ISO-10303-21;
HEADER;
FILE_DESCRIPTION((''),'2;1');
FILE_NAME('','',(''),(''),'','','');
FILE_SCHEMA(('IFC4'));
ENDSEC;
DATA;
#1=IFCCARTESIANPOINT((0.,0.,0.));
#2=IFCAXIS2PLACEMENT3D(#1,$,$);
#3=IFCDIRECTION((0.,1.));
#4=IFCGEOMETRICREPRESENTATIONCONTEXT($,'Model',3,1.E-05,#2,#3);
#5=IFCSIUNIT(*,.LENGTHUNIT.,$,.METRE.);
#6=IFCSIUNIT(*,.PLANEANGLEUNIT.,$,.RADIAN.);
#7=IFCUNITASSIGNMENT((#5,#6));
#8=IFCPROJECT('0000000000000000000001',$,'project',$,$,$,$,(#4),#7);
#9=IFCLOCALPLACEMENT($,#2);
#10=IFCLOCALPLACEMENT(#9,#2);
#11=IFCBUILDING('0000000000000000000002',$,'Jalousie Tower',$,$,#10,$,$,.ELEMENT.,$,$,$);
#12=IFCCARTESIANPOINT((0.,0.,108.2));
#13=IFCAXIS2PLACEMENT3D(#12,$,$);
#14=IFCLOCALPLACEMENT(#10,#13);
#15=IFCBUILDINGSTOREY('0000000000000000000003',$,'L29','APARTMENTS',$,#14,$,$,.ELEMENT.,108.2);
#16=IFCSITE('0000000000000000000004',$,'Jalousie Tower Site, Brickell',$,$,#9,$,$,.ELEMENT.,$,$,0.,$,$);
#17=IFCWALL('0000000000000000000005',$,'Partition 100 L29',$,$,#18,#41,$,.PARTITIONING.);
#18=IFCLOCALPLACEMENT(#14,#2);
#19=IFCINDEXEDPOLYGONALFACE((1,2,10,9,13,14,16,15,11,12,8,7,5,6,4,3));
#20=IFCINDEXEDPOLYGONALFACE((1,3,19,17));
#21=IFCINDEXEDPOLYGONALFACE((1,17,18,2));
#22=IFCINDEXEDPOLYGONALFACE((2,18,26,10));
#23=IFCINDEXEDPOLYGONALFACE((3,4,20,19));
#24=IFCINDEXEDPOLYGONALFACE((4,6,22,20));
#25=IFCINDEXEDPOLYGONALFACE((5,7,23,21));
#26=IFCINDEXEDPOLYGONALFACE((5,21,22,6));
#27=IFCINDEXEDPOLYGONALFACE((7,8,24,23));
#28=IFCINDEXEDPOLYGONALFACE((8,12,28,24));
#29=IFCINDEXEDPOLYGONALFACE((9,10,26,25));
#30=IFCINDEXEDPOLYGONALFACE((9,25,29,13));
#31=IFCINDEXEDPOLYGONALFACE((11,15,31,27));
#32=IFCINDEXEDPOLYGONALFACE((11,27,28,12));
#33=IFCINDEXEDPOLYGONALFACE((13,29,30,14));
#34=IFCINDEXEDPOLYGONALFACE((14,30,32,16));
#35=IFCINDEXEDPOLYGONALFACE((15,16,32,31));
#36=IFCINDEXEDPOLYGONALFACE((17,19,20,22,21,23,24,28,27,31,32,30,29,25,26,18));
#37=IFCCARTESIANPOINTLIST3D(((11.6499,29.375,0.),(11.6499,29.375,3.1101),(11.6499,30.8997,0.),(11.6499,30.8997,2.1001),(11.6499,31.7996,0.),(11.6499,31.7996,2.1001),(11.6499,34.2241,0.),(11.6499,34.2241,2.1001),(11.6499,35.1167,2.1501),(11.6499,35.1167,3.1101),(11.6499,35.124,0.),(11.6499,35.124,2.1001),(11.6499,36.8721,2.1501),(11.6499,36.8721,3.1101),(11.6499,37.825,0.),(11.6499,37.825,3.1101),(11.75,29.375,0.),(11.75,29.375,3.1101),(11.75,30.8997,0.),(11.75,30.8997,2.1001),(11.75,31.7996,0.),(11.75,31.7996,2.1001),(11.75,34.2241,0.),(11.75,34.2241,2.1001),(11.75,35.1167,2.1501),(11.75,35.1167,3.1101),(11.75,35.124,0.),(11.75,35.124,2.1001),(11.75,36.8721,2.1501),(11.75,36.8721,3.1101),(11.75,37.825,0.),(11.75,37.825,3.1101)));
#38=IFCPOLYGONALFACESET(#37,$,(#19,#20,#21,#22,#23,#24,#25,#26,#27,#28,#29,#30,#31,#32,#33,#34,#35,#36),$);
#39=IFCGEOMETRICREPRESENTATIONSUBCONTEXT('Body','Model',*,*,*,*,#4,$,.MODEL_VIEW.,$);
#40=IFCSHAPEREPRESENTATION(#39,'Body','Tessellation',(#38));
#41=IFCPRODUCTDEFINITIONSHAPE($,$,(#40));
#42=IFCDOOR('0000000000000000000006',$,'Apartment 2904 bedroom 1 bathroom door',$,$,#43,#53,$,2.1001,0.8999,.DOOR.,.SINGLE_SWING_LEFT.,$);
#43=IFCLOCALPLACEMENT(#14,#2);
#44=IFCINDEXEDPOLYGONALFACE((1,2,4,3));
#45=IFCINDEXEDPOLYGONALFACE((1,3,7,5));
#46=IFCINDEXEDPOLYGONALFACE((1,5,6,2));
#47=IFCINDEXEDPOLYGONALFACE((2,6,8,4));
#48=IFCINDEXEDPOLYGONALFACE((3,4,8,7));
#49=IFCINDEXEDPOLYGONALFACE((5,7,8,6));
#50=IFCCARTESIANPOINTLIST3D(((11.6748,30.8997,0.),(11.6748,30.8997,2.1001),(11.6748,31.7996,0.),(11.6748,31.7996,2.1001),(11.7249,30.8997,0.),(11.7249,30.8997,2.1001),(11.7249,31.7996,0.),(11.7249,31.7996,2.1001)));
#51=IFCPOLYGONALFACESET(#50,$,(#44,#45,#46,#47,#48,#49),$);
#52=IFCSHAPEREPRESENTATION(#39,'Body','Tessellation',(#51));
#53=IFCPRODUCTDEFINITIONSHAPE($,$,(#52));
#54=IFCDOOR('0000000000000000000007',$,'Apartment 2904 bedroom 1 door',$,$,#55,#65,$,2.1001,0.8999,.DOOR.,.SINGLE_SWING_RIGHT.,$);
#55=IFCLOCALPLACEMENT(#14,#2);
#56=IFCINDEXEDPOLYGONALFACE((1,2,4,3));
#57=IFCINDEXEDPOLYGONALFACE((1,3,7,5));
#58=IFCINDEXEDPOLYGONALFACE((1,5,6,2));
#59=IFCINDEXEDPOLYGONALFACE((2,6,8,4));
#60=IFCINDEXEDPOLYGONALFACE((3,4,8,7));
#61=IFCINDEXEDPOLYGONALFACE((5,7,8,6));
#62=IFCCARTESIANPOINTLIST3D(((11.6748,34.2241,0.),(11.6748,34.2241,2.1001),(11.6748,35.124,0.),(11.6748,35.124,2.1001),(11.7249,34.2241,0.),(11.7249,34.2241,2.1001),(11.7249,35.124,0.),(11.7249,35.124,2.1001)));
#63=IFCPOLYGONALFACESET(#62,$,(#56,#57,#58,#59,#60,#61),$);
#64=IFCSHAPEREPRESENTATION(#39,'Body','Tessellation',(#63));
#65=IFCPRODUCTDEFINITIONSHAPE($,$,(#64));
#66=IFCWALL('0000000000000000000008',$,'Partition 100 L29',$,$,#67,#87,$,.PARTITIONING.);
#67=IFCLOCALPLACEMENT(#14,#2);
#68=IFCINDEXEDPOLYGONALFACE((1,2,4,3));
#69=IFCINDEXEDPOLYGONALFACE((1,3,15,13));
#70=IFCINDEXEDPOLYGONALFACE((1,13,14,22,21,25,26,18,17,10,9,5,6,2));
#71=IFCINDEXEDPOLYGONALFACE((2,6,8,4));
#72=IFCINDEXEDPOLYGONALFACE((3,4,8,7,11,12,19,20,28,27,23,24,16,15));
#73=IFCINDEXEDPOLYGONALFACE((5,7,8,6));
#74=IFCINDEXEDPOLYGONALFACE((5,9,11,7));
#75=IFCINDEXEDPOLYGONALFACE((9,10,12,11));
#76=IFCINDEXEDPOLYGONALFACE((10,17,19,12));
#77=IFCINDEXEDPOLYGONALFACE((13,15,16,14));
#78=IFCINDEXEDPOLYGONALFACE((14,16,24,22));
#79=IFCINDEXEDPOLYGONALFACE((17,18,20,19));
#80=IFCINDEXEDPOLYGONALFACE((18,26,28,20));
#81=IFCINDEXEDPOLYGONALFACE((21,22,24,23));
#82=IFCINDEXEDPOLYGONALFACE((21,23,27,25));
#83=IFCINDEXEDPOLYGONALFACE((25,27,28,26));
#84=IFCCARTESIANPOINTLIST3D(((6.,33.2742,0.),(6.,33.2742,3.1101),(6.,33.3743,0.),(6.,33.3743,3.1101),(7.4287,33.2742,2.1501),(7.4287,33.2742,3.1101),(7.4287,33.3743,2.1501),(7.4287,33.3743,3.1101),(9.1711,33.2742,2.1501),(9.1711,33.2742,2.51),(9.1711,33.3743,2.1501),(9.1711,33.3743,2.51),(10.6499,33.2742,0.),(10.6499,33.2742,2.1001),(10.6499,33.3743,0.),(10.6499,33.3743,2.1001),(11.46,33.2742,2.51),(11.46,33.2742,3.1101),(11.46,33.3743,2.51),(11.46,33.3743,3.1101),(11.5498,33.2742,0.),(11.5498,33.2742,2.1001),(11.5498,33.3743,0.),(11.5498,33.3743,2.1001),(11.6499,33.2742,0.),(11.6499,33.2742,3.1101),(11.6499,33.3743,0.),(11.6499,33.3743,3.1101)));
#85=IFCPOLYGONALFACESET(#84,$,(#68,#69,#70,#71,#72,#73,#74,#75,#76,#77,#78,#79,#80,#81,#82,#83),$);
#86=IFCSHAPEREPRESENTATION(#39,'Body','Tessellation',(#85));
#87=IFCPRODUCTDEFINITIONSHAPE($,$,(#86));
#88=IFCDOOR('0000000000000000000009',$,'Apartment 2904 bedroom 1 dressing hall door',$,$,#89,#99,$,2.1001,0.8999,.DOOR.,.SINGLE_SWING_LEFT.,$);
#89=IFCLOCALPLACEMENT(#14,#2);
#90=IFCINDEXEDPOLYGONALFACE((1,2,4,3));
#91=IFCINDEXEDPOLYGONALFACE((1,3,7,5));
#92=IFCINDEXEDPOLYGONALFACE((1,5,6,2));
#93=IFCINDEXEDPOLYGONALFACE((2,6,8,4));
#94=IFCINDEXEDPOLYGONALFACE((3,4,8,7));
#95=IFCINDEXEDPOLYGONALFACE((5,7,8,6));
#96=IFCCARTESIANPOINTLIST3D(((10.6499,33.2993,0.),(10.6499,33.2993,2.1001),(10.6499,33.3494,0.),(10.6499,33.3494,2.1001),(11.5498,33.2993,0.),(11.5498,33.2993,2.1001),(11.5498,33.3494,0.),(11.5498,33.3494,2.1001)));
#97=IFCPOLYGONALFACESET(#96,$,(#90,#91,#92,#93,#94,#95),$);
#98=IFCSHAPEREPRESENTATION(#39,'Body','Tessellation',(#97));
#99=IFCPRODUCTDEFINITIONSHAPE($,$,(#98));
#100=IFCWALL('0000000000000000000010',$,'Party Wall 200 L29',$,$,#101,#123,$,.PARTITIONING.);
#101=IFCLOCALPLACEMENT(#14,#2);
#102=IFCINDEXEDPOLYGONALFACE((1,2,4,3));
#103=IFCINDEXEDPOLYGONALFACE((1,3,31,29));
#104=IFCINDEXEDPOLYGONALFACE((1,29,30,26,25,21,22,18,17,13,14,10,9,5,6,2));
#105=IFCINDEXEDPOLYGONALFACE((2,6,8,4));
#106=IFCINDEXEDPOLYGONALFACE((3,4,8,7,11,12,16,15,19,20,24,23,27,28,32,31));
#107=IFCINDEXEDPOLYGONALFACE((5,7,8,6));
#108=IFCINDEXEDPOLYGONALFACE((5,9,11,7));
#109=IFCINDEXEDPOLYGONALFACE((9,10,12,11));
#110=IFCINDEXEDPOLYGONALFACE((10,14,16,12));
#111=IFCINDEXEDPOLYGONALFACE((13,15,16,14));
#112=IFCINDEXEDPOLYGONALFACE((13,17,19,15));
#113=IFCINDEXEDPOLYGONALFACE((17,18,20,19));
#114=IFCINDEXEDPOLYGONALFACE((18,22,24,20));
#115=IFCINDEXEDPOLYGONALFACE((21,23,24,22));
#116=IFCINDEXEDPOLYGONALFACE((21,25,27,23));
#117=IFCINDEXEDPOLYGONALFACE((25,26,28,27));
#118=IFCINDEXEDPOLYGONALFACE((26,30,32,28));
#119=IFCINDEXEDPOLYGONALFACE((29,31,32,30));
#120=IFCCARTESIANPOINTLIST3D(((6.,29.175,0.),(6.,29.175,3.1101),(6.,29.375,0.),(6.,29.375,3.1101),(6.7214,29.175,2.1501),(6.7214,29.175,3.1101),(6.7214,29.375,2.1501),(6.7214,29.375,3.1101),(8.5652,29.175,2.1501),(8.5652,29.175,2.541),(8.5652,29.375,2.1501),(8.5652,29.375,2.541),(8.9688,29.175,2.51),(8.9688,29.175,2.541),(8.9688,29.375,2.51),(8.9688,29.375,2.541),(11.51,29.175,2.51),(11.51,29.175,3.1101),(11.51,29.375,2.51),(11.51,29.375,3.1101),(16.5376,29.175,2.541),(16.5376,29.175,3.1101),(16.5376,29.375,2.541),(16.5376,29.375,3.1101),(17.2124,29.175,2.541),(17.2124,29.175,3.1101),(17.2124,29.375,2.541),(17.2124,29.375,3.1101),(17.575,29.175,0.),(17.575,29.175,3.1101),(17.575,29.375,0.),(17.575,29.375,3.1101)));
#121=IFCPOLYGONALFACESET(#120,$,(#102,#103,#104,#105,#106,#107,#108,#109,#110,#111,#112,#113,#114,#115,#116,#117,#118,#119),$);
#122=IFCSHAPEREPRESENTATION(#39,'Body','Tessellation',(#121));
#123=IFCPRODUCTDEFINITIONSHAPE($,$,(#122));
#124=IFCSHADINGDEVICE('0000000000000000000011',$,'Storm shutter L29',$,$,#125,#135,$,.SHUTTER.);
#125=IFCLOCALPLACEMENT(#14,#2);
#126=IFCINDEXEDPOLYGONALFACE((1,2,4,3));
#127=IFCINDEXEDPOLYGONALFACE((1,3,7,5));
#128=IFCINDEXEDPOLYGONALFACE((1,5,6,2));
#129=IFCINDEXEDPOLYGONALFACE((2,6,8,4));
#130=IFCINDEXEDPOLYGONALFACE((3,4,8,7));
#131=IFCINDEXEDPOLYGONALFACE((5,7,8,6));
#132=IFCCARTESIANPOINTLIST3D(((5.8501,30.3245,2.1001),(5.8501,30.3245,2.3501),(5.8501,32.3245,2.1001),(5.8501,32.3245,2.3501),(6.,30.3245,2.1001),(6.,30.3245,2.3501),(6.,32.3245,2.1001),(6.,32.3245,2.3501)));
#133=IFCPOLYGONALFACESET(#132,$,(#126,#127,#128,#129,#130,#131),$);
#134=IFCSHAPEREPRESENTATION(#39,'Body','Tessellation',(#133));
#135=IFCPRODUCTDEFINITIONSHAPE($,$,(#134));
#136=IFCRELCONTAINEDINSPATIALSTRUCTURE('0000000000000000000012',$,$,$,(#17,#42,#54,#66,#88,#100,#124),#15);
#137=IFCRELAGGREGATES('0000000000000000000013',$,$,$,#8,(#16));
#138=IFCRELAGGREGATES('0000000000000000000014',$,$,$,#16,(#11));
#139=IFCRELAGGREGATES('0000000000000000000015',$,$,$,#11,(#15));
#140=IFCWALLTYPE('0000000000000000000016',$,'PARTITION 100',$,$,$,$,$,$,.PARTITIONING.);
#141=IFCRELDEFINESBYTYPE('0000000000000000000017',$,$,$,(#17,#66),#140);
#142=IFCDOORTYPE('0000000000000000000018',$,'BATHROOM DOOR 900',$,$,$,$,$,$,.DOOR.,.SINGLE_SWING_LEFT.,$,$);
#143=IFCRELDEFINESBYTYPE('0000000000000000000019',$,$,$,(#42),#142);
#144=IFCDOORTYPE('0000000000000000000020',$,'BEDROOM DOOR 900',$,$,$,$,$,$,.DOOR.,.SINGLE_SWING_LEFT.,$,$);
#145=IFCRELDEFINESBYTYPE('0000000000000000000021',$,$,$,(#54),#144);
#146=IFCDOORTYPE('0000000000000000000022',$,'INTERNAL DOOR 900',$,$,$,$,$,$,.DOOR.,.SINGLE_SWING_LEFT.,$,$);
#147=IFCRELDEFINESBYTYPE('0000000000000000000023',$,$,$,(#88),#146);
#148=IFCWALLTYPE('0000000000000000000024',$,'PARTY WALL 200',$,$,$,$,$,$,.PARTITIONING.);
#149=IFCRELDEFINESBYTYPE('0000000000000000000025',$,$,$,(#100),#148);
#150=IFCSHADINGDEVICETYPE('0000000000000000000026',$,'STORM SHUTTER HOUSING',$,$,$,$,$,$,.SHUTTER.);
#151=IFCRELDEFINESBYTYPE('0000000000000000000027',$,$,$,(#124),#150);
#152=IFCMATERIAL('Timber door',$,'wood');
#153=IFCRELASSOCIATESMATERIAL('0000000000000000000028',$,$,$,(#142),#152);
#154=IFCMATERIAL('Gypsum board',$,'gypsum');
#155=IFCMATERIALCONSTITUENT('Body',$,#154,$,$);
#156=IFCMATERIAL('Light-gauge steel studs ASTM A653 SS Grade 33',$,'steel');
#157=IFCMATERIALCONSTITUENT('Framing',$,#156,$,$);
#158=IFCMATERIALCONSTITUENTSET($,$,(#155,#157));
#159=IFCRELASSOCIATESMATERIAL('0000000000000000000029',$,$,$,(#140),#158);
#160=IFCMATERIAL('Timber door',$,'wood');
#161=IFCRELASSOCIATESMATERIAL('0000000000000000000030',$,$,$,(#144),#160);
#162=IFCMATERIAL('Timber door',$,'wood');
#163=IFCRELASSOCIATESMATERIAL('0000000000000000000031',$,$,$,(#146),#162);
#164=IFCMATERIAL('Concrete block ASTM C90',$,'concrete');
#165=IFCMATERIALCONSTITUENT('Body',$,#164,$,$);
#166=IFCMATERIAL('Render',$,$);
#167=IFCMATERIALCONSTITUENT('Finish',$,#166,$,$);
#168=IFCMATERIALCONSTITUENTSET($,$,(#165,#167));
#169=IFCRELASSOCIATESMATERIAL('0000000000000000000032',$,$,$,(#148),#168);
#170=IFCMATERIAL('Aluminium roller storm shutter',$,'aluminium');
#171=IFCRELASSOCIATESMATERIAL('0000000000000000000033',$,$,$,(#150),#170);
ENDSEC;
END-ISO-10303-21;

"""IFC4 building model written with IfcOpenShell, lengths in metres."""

from ifc_helpers import new_model, si_unit, direction, frame, frame_2d, origin, origin_2d, place, context, subcontext, project, spatial, polyline, rectangle, outline, extrude, material, constituent, constituent_set, type_object, element, fill, save


model = new_model("IFC4")

# Units and contexts
model_context = context("Model", 3, precision=1e-05, world=origin(), true_north=direction((0.0, 1.0)))
body_context = subcontext(model_context, "Body", "Model", "MODEL_VIEW")
ifc_project = project(units=[si_unit("LENGTHUNIT", "METRE"), si_unit("PLANEANGLEUNIT", "RADIAN")], contexts=[model_context])

# Site, building, storey
site_placement = place(None, origin())
site = spatial("IfcSite", under=ifc_project, at=site_placement, Name="Jalousie Tower Site, Brickell", CompositionType="ELEMENT", RefElevation=0.0)
building_placement = place(site_placement, origin())
building = spatial("IfcBuilding", under=site, at=building_placement, Name="Jalousie Tower", CompositionType="ELEMENT")
storey_placement = place(building_placement, frame((0.0, 0.0, 108.2)))
storey = spatial("IfcBuildingStorey", under=building, at=storey_placement, Name="L29", Description="APARTMENTS", CompositionType="ELEMENT", Elevation=108.2)

# Shared definitions
ifc_material_1 = material(Name="Timber door", Category="wood")
door_type_1 = type_object("IfcDoorType", Name="BATHROOM DOOR 900", OperationType="SINGLE_SWING_LEFT", PredefinedType="DOOR", material=ifc_material_1)

# Wall, openings, doors
ifc_material_2 = material(Name="Gypsum board", Category="gypsum")
ifc_constituent_1 = constituent(ifc_material_2, Name="Body")
ifc_material_3 = material(Name="Light-gauge steel studs ASTM A653 SS Grade 33", Category="steel")
ifc_constituent_2 = constituent(ifc_material_3, Name="Framing")
ifc_constituent_set_1 = constituent_set(constituents=[ifc_constituent_1, ifc_constituent_2])
wall_type_1 = type_object("IfcWallType", Name="PARTITION 100", PredefinedType="PARTITIONING", material=ifc_constituent_set_1)
wall_1_placement = place(storey_placement, frame((11.7, 37.825, 0.0), z_axis=(0.0, 0.0, 1.0), x_axis=(0.0, -1.0, 0.0)))
wall_1 = element("IfcWall", 1, at=wall_1_placement, inside=storey, type_object=wall_type_1, Name="Partition 100 L29", PredefinedType="PARTITIONING", context=body_context, shape_type="SweptSolid", body=[
    extrude(outline(polyline([(0.0, 0.0), (8.45, 0.0), (8.45, 3.1101), (2.7083, 3.1101), (2.7083, 2.1501), (0.9529, 2.1501), (0.9529, 3.1101), (0.0, 3.1101), (0.0, 0.0)])), frame((0.0, 0.05, 0.0), z_axis=(0.0, -1.0, 0.0), x_axis=(1.0, 0.0, 0.0)), (0.0, 0.0, 1.0), 0.1001),
])
opening_1_placement = place(wall_1_placement, frame((2.7009, 0.0, 0.0)))
opening_1 = element("IfcOpeningElement", 2, at=opening_1_placement, cuts=wall_1, PredefinedType="OPENING", context=body_context, shape_type="SweptSolid", body=[
    extrude(rectangle(XDim=0.8999, YDim=2.1001, at=frame_2d((0.45, 1.05))), frame((0.0, 0.0601, 0.0), z_axis=(0.0, -1.0, 0.0), x_axis=(1.0, 0.0, 0.0)), (0.0, 0.0, 1.0), 0.1201),
])
opening_2_placement = place(wall_1_placement, frame((6.0254, 0.0, 0.0)))
opening_2 = element("IfcOpeningElement", 3, at=opening_2_placement, cuts=wall_1, PredefinedType="OPENING", context=body_context, shape_type="SweptSolid", body=[
    extrude(rectangle(XDim=0.8999, YDim=2.1001, at=frame_2d((0.45, 1.05))), frame((0.0, 0.0601, 0.0), z_axis=(0.0, -1.0, 0.0), x_axis=(1.0, 0.0, 0.0)), (0.0, 0.0, 1.0), 0.1201),
])
door_1_placement = place(opening_2_placement, origin())
door_1 = element("IfcDoor", 4, at=door_1_placement, inside=storey, type_object=door_type_1, Name="Apartment 2904 bedroom 1 bathroom door", OperationType="SINGLE_SWING_LEFT", OverallHeight=2.1001, OverallWidth=0.8999, PredefinedType="DOOR", context=body_context, shape_type="SweptSolid", body=[
    extrude(rectangle(XDim=0.8999, YDim=2.1001, at=frame_2d((0.45, 1.05))), frame((0.0, 0.0249, 0.0), z_axis=(0.0, -1.0, 0.0), x_axis=(1.0, 0.0, 0.0)), (0.0, 0.0, 1.0), 0.05),
])
fill(opening_2, door_1)
ifc_material_4 = material(Name="Timber door", Category="wood")
door_type_2 = type_object("IfcDoorType", Name="BEDROOM DOOR 900", OperationType="SINGLE_SWING_LEFT", PredefinedType="DOOR", material=ifc_material_4)
door_2_placement = place(opening_1_placement, origin())
door_2 = element("IfcDoor", 5, at=door_2_placement, inside=storey, type_object=door_type_2, Name="Apartment 2904 bedroom 1 door", OperationType="SINGLE_SWING_RIGHT", OverallHeight=2.1001, OverallWidth=0.8999, PredefinedType="DOOR", context=body_context, shape_type="SweptSolid", body=[
    extrude(rectangle(XDim=0.8999, YDim=2.1001, at=frame_2d((0.45, 1.05))), frame((0.0, 0.0249, 0.0), z_axis=(0.0, -1.0, 0.0), x_axis=(1.0, 0.0, 0.0)), (0.0, 0.0, 1.0), 0.05),
])
fill(opening_1, door_2)

# Wall, opening, door
wall_2_placement = place(storey_placement, frame((6.0, 33.3242, 0.0), z_axis=(0.0, 0.0, 1.0), x_axis=(1.0, 0.0, 0.0)))
wall_2 = element("IfcWall", 6, at=wall_2_placement, inside=storey, type_object=wall_type_1, Name="Partition 100 L29", PredefinedType="PARTITIONING", context=body_context, shape_type="SweptSolid", body=[
    extrude(outline(polyline([(0.0, 0.0), (5.6499, 0.0), (5.6499, 3.1101), (5.46, 3.1101), (5.46, 2.51), (3.1711, 2.51), (3.1711, 2.1501), (1.4287, 2.1501), (1.4287, 3.1101), (0.0, 3.1101), (0.0, 0.0)])), frame((0.0, 0.05, 0.0), z_axis=(0.0, -1.0, 0.0), x_axis=(1.0, 0.0, 0.0)), (0.0, 0.0, 1.0), 0.1001),
])
opening_3_placement = place(wall_2_placement, frame((4.6499, 0.0, 0.0)))
opening_3 = element("IfcOpeningElement", 7, at=opening_3_placement, cuts=wall_2, PredefinedType="OPENING", context=body_context, shape_type="SweptSolid", body=[
    extrude(rectangle(XDim=0.8999, YDim=2.1001, at=frame_2d((0.45, 1.05))), frame((0.0, 0.0601, 0.0), z_axis=(0.0, -1.0, 0.0), x_axis=(1.0, 0.0, 0.0)), (0.0, 0.0, 1.0), 0.1201),
])
ifc_material_5 = material(Name="Timber door", Category="wood")
door_type_3 = type_object("IfcDoorType", Name="INTERNAL DOOR 900", OperationType="SINGLE_SWING_LEFT", PredefinedType="DOOR", material=ifc_material_5)
door_3_placement = place(opening_3_placement, frame((0.8999, 0.0, 0.0), z_axis=(0.0, 0.0, 1.0), x_axis=(-1.0, 0.0, 0.0)))
door_3 = element("IfcDoor", 8, at=door_3_placement, inside=storey, type_object=door_type_3, Name="Apartment 2904 bedroom 1 dressing hall door", OperationType="SINGLE_SWING_LEFT", OverallHeight=2.1001, OverallWidth=0.8999, PredefinedType="DOOR", context=body_context, shape_type="SweptSolid", body=[
    extrude(rectangle(XDim=0.8999, YDim=2.1001, at=frame_2d((0.45, 1.05))), frame((0.0, 0.0249, 0.0), z_axis=(0.0, -1.0, 0.0), x_axis=(1.0, 0.0, 0.0)), (0.0, 0.0, 1.0), 0.05),
])
fill(opening_3, door_3)

# Wall
ifc_material_6 = material(Name="Concrete block ASTM C90", Category="concrete")
ifc_constituent_3 = constituent(ifc_material_6, Name="Body")
ifc_material_7 = material(Name="Render")
ifc_constituent_4 = constituent(ifc_material_7, Name="Finish")
ifc_constituent_set_2 = constituent_set(constituents=[ifc_constituent_3, ifc_constituent_4])
wall_type_2 = type_object("IfcWallType", Name="PARTY WALL 200", PredefinedType="PARTITIONING", material=ifc_constituent_set_2)
wall_3_placement = place(storey_placement, frame((6.0, 29.2749, 0.0), z_axis=(0.0, 0.0, 1.0), x_axis=(1.0, 0.0, 0.0)))
element("IfcWall", 9, at=wall_3_placement, inside=storey, type_object=wall_type_2, Name="Party Wall 200 L29", PredefinedType="PARTITIONING", context=body_context, shape_type="SweptSolid", body=[
    extrude(outline(polyline([(0.0, 0.0), (11.575, 0.0), (11.575, 3.1101), (11.2124, 3.1101), (11.2124, 2.541), (10.5376, 2.541), (10.5376, 3.1101), (5.51, 3.1101), (5.51, 2.51), (2.9688, 2.51), (2.9688, 2.541), (2.5652, 2.541), (2.5652, 2.1501), (0.7214, 2.1501), (0.7214, 3.1101), (0.0, 3.1101), (0.0, 0.0)])), frame((0.0, 0.1001, 0.0), z_axis=(0.0, -1.0, 0.0), x_axis=(1.0, 0.0, 0.0)), (0.0, 0.0, 1.0), 0.2),
])

# Shading device
ifc_material_8 = material(Name="Aluminium roller storm shutter", Category="aluminium")
shading_device_type = type_object("IfcShadingDeviceType", Name="STORM SHUTTER HOUSING", PredefinedType="SHUTTER", material=ifc_material_8)
shading_device_placement = place(storey_placement, frame((5.925, 31.3245, 2.1001), z_axis=(0.0, 0.0, 1.0), x_axis=(0.0, -1.0, 0.0)))
element("IfcShadingDevice", 10, at=shading_device_placement, inside=storey, type_object=shading_device_type, Name="Storm shutter L29", PredefinedType="SHUTTER", context=body_context, shape_type="SweptSolid", body=[
    extrude(rectangle(XDim=2.0, YDim=0.1499, at=origin_2d()), origin(), (0.0, 0.0, 1.0), 0.25),
])

save(model, "model.ifc")
